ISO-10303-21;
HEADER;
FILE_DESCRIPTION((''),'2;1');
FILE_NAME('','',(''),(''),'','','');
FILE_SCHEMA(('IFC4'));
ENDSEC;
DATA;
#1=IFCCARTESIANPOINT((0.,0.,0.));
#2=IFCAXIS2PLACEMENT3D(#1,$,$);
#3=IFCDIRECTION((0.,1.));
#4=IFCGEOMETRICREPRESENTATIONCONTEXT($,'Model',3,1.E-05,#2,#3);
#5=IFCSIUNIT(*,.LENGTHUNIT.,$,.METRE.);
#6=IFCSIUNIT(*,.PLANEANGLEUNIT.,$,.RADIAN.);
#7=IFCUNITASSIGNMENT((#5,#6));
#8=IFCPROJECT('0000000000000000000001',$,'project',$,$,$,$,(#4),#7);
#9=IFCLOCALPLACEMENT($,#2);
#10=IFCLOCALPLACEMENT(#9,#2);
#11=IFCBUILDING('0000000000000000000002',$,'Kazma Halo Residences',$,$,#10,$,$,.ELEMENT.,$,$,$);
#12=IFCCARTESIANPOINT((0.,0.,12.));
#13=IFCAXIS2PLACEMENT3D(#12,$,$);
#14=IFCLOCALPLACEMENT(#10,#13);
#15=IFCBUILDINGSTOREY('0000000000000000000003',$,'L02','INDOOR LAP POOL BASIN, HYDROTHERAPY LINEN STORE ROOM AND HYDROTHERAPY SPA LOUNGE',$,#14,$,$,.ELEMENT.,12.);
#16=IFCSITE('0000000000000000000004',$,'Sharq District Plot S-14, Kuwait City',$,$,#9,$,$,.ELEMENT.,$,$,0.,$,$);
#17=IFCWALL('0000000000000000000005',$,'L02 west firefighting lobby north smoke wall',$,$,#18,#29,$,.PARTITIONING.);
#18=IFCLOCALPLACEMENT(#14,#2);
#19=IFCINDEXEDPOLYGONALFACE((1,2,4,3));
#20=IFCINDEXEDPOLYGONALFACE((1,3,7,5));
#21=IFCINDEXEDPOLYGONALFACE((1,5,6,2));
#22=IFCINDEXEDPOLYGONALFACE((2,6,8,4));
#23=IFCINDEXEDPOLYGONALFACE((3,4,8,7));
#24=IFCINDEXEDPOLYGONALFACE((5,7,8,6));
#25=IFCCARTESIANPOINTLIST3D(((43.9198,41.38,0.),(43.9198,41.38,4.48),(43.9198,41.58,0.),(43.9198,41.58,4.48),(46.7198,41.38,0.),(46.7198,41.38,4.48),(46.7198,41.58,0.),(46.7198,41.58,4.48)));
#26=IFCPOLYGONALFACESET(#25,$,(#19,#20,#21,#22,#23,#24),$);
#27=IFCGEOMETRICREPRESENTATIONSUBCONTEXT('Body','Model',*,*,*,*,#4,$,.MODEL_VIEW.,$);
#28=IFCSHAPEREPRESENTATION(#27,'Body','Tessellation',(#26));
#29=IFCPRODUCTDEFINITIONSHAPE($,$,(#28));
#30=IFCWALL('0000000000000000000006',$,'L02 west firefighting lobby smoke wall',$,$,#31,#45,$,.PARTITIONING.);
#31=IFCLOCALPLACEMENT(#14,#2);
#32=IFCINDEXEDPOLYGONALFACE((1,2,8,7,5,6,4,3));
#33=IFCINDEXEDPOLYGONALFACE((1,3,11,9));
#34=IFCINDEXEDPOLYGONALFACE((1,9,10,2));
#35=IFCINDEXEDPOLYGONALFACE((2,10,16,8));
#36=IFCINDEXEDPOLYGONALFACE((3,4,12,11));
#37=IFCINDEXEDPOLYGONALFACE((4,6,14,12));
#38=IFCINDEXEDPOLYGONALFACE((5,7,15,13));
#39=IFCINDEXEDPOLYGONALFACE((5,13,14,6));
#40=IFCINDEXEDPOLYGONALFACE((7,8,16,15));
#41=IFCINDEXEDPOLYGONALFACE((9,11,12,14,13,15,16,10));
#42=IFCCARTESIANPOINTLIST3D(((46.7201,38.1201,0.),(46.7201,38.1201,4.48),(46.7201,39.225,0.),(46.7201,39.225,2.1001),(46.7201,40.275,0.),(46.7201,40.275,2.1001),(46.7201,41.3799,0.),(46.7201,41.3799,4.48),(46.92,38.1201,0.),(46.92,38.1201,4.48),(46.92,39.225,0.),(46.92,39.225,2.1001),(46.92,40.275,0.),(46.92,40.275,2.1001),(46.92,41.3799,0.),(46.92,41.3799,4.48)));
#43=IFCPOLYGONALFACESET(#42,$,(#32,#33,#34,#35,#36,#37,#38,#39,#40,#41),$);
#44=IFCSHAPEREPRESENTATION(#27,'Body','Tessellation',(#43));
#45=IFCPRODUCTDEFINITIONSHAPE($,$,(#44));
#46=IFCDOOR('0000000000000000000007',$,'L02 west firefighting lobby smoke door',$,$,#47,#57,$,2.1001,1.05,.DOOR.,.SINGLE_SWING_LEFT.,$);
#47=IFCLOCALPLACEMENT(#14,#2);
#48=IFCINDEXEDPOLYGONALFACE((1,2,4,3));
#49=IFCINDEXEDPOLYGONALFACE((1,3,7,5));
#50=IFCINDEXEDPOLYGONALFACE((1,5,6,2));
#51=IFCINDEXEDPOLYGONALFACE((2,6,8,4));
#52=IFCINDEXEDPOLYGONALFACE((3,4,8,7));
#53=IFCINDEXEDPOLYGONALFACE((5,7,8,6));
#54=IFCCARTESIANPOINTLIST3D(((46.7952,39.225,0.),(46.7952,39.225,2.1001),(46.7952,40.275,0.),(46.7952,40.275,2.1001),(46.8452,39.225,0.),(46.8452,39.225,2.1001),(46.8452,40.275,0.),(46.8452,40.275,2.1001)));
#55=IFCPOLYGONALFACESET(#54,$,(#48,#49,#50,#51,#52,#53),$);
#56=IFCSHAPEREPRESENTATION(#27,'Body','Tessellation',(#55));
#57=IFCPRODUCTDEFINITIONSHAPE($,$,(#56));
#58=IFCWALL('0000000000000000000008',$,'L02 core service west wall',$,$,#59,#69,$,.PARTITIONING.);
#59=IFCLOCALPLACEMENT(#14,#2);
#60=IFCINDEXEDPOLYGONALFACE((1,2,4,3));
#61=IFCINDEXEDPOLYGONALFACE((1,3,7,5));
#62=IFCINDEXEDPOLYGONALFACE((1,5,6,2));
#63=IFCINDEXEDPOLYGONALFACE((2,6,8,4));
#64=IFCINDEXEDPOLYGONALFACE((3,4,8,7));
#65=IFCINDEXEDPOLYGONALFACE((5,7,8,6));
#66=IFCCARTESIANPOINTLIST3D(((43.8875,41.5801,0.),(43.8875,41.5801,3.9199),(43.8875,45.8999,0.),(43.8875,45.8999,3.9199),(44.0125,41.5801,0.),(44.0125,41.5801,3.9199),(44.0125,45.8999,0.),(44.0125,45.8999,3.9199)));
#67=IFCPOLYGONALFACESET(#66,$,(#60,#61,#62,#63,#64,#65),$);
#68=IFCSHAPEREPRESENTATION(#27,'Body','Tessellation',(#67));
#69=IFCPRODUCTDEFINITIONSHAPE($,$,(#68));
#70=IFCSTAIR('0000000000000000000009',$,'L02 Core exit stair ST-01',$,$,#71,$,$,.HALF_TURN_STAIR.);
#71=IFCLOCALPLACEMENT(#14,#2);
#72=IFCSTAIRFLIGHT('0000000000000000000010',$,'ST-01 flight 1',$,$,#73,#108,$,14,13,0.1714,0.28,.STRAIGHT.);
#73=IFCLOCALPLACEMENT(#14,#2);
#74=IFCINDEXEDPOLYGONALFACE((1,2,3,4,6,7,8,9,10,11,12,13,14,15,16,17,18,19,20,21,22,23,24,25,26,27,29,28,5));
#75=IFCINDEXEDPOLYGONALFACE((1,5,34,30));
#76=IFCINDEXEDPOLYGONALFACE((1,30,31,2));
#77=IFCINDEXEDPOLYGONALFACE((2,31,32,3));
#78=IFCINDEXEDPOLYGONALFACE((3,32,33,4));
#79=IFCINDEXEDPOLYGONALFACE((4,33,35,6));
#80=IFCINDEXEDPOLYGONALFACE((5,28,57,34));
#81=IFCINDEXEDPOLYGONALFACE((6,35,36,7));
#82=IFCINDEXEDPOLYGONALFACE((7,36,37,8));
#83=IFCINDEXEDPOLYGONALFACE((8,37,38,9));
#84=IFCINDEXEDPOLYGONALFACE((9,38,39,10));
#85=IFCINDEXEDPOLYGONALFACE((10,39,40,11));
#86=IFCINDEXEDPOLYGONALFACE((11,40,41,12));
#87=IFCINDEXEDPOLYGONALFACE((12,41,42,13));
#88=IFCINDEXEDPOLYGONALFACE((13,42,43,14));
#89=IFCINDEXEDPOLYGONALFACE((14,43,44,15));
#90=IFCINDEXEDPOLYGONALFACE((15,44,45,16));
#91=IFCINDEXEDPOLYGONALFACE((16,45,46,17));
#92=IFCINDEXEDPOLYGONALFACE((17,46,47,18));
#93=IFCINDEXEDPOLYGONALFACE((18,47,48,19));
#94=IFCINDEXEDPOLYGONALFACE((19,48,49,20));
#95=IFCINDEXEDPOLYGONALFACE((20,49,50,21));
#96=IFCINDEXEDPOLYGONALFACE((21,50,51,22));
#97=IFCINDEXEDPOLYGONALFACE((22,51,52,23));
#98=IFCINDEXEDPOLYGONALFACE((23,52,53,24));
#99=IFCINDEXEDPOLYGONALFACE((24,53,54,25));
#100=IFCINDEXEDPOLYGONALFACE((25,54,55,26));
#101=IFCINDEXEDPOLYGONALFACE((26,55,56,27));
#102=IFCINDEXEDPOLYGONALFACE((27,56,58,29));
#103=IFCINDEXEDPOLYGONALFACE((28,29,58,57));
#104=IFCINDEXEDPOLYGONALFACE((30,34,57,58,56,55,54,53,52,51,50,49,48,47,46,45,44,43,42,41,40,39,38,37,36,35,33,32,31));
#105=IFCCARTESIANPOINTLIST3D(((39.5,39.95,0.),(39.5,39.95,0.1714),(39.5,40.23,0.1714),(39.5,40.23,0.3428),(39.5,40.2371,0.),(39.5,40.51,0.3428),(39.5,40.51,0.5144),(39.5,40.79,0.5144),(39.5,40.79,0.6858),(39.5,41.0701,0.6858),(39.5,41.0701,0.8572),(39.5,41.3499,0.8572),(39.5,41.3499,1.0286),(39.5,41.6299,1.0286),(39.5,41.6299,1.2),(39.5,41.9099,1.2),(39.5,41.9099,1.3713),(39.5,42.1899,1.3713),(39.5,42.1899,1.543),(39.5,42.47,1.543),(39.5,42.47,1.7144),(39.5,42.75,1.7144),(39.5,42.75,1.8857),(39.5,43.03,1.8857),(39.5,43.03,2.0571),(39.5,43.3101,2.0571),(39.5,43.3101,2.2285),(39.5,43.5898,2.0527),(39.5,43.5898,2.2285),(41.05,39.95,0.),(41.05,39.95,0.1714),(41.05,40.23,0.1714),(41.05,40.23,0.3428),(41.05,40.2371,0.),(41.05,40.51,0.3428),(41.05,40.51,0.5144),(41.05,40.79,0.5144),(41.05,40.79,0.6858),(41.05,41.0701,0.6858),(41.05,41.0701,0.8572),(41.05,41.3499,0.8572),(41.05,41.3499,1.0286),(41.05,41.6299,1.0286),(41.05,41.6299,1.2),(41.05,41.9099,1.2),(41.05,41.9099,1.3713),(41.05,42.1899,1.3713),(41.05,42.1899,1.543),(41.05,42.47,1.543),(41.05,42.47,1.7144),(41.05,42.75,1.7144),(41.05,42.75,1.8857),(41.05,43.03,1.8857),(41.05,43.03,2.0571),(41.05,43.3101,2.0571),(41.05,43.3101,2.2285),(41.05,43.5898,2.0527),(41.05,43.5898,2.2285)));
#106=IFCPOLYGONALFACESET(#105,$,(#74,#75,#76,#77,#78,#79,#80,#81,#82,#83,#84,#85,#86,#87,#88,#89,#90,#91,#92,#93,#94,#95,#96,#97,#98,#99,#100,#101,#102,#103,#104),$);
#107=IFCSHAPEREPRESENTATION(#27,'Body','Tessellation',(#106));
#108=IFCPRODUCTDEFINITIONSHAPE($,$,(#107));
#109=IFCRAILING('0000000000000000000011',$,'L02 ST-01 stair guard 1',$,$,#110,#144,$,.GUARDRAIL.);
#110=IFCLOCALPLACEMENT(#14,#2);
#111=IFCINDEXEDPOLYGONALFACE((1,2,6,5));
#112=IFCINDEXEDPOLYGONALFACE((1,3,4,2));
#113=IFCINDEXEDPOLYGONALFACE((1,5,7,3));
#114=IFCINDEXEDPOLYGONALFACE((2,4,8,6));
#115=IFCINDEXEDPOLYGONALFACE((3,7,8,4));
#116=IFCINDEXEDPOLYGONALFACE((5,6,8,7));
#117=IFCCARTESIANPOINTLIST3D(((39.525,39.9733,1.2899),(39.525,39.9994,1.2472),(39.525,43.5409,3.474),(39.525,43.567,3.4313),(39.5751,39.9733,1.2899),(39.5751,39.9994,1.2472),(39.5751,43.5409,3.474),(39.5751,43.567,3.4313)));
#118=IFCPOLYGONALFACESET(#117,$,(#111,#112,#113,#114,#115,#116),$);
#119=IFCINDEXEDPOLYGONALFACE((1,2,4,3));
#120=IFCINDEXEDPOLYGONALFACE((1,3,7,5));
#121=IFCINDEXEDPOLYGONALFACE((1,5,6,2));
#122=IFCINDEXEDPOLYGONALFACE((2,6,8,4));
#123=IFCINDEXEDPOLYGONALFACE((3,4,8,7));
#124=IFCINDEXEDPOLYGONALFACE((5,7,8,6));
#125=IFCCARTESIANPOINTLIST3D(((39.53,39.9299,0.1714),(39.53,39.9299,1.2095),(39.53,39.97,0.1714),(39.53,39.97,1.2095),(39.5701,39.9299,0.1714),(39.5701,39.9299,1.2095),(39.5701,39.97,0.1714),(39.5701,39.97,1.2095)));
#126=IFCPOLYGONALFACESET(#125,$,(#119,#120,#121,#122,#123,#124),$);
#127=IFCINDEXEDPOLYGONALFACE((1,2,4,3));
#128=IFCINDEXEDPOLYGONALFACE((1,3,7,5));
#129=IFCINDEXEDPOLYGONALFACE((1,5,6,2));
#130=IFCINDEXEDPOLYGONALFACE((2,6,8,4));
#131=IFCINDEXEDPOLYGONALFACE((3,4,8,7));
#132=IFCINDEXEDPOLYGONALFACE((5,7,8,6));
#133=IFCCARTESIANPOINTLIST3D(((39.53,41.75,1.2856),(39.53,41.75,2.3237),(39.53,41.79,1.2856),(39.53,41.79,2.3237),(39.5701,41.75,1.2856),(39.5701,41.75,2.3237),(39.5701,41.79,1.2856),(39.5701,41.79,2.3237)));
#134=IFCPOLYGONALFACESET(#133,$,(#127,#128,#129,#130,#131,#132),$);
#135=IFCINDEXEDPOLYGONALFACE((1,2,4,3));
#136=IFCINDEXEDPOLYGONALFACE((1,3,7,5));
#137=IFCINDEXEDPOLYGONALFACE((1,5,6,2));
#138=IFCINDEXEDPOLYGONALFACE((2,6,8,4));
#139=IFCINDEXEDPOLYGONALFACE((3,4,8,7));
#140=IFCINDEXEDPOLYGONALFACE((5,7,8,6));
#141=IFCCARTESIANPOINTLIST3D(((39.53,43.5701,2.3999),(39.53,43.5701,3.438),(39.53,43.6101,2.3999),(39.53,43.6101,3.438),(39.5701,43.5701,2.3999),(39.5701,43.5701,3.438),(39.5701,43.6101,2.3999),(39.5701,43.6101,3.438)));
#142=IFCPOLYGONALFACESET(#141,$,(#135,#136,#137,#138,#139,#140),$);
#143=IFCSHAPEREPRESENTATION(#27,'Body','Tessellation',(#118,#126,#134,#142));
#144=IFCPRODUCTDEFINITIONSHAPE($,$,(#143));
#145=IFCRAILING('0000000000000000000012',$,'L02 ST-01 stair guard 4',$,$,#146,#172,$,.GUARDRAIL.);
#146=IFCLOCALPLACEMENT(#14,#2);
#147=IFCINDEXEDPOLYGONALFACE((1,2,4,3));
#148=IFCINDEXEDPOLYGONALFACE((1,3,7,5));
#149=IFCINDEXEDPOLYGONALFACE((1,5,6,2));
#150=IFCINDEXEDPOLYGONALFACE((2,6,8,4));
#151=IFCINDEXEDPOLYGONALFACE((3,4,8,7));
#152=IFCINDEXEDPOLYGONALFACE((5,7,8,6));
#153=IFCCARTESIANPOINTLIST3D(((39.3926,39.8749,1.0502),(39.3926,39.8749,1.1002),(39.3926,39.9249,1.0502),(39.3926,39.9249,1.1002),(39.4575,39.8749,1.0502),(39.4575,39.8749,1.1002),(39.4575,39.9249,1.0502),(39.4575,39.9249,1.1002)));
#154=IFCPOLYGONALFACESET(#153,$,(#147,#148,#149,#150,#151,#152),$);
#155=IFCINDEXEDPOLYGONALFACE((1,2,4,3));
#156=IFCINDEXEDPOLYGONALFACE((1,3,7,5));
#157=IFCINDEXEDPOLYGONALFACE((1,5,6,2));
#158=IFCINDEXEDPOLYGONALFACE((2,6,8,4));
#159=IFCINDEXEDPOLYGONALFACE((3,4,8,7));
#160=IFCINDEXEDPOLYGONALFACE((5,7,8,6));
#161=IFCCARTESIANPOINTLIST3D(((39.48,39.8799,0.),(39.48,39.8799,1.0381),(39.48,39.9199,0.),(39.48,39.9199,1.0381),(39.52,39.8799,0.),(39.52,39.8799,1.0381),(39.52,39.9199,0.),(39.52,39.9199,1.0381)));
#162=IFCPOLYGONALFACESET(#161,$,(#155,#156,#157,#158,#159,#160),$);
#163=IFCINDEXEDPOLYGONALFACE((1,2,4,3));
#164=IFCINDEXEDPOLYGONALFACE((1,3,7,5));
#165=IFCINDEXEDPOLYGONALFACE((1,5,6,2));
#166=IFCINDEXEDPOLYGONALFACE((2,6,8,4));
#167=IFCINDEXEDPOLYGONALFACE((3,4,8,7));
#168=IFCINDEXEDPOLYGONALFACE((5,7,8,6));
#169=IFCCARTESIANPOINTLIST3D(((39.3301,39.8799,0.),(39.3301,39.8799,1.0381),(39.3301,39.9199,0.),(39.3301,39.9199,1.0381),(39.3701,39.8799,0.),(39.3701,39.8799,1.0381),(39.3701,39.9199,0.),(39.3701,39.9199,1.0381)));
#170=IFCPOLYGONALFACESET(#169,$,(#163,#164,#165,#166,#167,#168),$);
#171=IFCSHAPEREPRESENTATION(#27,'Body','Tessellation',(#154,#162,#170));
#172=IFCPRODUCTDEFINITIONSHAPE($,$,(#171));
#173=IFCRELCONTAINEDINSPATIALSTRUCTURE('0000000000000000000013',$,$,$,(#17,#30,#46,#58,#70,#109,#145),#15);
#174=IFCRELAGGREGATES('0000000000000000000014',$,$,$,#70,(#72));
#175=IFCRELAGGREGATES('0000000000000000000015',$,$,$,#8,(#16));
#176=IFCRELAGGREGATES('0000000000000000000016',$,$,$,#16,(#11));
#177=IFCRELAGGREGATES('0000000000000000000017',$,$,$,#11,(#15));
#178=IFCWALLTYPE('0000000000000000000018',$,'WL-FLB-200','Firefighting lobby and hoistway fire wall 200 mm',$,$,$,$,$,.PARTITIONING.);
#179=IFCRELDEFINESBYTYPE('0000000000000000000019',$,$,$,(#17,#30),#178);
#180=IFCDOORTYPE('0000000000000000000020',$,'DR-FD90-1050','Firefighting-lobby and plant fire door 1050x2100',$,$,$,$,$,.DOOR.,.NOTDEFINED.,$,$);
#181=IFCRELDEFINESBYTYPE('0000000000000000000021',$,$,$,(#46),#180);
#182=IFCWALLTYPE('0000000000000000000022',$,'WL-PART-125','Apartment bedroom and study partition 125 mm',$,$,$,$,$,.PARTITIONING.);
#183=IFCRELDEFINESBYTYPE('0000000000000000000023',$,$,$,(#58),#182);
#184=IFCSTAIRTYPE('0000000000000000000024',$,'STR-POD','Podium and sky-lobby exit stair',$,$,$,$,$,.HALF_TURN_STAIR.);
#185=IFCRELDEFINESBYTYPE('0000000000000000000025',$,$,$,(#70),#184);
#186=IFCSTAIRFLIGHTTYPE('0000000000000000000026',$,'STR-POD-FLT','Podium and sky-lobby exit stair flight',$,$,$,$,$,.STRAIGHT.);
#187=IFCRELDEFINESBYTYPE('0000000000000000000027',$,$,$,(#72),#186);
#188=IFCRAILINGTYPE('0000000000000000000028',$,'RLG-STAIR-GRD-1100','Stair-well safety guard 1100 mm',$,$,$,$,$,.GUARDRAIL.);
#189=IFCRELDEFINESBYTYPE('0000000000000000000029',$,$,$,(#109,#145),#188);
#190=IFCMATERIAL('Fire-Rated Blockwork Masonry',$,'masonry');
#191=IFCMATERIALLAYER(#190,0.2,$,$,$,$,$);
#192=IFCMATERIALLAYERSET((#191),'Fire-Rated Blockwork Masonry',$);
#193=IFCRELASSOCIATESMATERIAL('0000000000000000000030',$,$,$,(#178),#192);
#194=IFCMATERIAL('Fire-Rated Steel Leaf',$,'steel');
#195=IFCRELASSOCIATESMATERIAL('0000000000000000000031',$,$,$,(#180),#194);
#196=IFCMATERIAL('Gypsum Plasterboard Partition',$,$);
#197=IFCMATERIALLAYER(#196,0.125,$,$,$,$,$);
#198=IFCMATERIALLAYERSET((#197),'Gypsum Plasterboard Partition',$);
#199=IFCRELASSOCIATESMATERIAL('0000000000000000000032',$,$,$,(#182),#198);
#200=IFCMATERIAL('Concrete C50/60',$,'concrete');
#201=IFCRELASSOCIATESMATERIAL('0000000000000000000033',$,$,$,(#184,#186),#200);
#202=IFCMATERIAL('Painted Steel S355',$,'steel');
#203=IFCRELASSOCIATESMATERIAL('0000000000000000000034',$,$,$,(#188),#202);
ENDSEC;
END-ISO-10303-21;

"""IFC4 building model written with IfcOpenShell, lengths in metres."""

from ifc_helpers import new_model, si_unit, direction, frame, frame_2d, origin, origin_2d, place, context, subcontext, project, spatial, polyline, rectangle, outline, extrude, material, layer, layer_set, type_object, element, fill, aggregate, save


model = new_model("IFC4")

# Units and contexts
model_context = context("Model", 3, precision=1e-05, world=origin(), true_north=direction((0.0, 1.0)))
body_context = subcontext(model_context, "Body", "Model", "MODEL_VIEW")
ifc_project = project(units=[si_unit("LENGTHUNIT", "METRE"), si_unit("PLANEANGLEUNIT", "RADIAN")], contexts=[model_context])

# Site, building, storey
site_placement = place(None, origin())
site = spatial("IfcSite", under=ifc_project, at=site_placement, Name="Sharq District Plot S-14, Kuwait City", CompositionType="ELEMENT", RefElevation=0.0)
building_placement = place(site_placement, origin())
building = spatial("IfcBuilding", under=site, at=building_placement, Name="Kazma Halo Residences", CompositionType="ELEMENT")
storey_placement = place(building_placement, frame((0.0, 0.0, 12.0)))
storey = spatial("IfcBuildingStorey", under=building, at=storey_placement, Name="L02", Description="INDOOR LAP POOL BASIN, HYDROTHERAPY LINEN STORE ROOM AND HYDROTHERAPY SPA LOUNGE", CompositionType="ELEMENT", Elevation=12.0)

# Shared definitions
ifc_material_1 = material(Name="Fire-Rated Blockwork Masonry", Category="masonry")
ifc_layer_1 = layer(ifc_material_1, 0.2)
ifc_layer_set_1 = layer_set([ifc_layer_1], Name="Fire-Rated Blockwork Masonry")
wall_type_1 = type_object("IfcWallType", Name="WL-FLB-200", Description="Firefighting lobby and hoistway fire wall 200 mm", PredefinedType="PARTITIONING", material=ifc_layer_set_1)

# Wall
wall_1_placement = place(storey_placement, frame((43.9199, 41.48, 0.0), z_axis=(0.0, 0.0, 1.0), x_axis=(1.0, 0.0, 0.0)))
element("IfcWall", 1, at=wall_1_placement, inside=storey, type_object=wall_type_1, Name="L02 west firefighting lobby north smoke wall", PredefinedType="PARTITIONING", context=body_context, shape_type="SweptSolid", body=[
    extrude(rectangle(XDim=2.8, YDim=0.2, at=frame_2d((1.3999, 0.0))), origin(), (0.0, 0.0, 1.0), 4.48),
])

# Wall, opening, door
wall_2_placement = place(storey_placement, frame((46.8201, 38.1201, 0.0), z_axis=(0.0, 0.0, 1.0), x_axis=(0.0, 1.0, 0.0)))
wall_2 = element("IfcWall", 2, at=wall_2_placement, inside=storey, type_object=wall_type_1, Name="L02 west firefighting lobby smoke wall", PredefinedType="PARTITIONING", context=body_context, shape_type="SweptSolid", body=[
    extrude(rectangle(XDim=3.2598, YDim=0.2, at=frame_2d((1.6299, 0.0))), origin(), (0.0, 0.0, 1.0), 4.48),
])
opening_1_placement = place(wall_2_placement, frame((1.105, 0.0, 0.0)))
opening_1 = element("IfcOpeningElement", 3, at=opening_1_placement, cuts=wall_2, PredefinedType="OPENING", context=body_context, shape_type="SweptSolid", body=[
    extrude(rectangle(XDim=1.05, YDim=2.1001, at=frame_2d((0.5249, 1.05))), frame((0.0, 0.1099, 0.0), z_axis=(0.0, -1.0, 0.0), x_axis=(1.0, 0.0, 0.0)), (0.0, 0.0, 1.0), 0.22),
])
ifc_material_2 = material(Name="Fire-Rated Steel Leaf", Category="steel")
door_type_1 = type_object("IfcDoorType", Name="DR-FD90-1050", Description="Firefighting-lobby and plant fire door 1050x2100", OperationType="NOTDEFINED", PredefinedType="DOOR", material=ifc_material_2)
door_1_placement = place(opening_1_placement, origin())
door_1 = element("IfcDoor", 4, at=door_1_placement, inside=storey, type_object=door_type_1, Name="L02 west firefighting lobby smoke door", OperationType="SINGLE_SWING_LEFT", OverallHeight=2.1001, OverallWidth=1.05, PredefinedType="DOOR", context=body_context, shape_type="SweptSolid", body=[
    extrude(rectangle(XDim=1.05, YDim=2.1001, at=frame_2d((0.5249, 1.05))), frame((0.0, 0.0249, 0.0), z_axis=(0.0, -1.0, 0.0), x_axis=(1.0, 0.0, 0.0)), (0.0, 0.0, 1.0), 0.05),
])
fill(opening_1, door_1)

# Wall
ifc_material_3 = material(Name="Gypsum Plasterboard Partition")
ifc_layer_2 = layer(ifc_material_3, 0.125)
ifc_layer_set_2 = layer_set([ifc_layer_2], Name="Gypsum Plasterboard Partition")
wall_type_2 = type_object("IfcWallType", Name="WL-PART-125", Description="Apartment bedroom and study partition 125 mm", PredefinedType="PARTITIONING", material=ifc_layer_set_2)
wall_3_placement = place(storey_placement, frame((43.95, 41.5801, 0.0), z_axis=(0.0, 0.0, 1.0), x_axis=(0.0, 1.0, 0.0)))
element("IfcWall", 5, at=wall_3_placement, inside=storey, type_object=wall_type_2, Name="L02 core service west wall", PredefinedType="PARTITIONING", context=body_context, shape_type="SweptSolid", body=[
    extrude(rectangle(XDim=4.3198, YDim=0.125, at=frame_2d((2.1599, 0.0))), origin(), (0.0, 0.0, 1.0), 3.9199),
])

# Shared definitions
ifc_material_4 = material(Name="Concrete C50/60", Category="concrete")

# Stair, stair flight
stair_type = type_object("IfcStairType", Name="STR-POD", Description="Podium and sky-lobby exit stair", PredefinedType="HALF_TURN_STAIR", material=ifc_material_4)
stair_placement = place(storey_placement, origin())
stair = element("IfcStair", 6, at=stair_placement, inside=storey, type_object=stair_type, Name="L02 Core exit stair ST-01", PredefinedType="HALF_TURN_STAIR")
stair_flight_type = type_object("IfcStairFlightType", Name="STR-POD-FLT", Description="Podium and sky-lobby exit stair flight", PredefinedType="STRAIGHT", material=ifc_material_4)
stair_flight_placement = place(storey_placement, frame((40.2749, 39.95, 0.0), z_axis=(0.0, 0.0, 1.0), x_axis=(0.0, 1.0, 0.0)))
stair_flight = element("IfcStairFlight", 7, at=stair_flight_placement, type_object=stair_flight_type, Name="ST-01 flight 1", NumberOfRisers=14, NumberOfTreads=13, PredefinedType="STRAIGHT", RiserHeight=0.1714, TreadLength=0.28, context=body_context, shape_type="SweptSolid", body=[
    extrude(outline(polyline([(0.0, 0.0), (0.0, 0.1714), (0.28, 0.1714), (0.28, 0.3428), (0.5601, 0.3428), (0.5601, 0.5144), (0.8401, 0.5144), (0.8401, 0.6858), (1.1201, 0.6858), (1.1201, 0.8572), (1.3999, 0.8572), (1.3999, 1.0286), (1.6799, 1.0286), (1.6799, 1.2), (1.96, 1.2), (1.96, 1.3713), (2.24, 1.3713), (2.24, 1.543), (2.52, 1.543), (2.52, 1.7144), (2.8, 1.7144), (2.8, 1.8857), (3.0801, 1.8857), (3.0801, 2.0571), (3.3601, 2.0571), (3.3601, 2.2285), (3.6399, 2.2285), (3.6399, 2.3999), (3.6399, 2.0527), (0.2871, 0.0), (0.0, 0.0)])), frame((0.0, 0.7749, 0.0), z_axis=(0.0, -1.0, 0.0), x_axis=(1.0, 0.0, 0.0)), (0.0, 0.0, 1.0), 1.55),
])
aggregate(stair, [stair_flight])

# Railings
ifc_material_5 = material(Name="Painted Steel S355", Category="steel")
railing_type_1 = type_object("IfcRailingType", Name="RLG-STAIR-GRD-1100", Description="Stair-well safety guard 1100 mm", PredefinedType="GUARDRAIL", material=ifc_material_5)
railing_1_placement = place(storey_placement, frame((39.55, 39.95, 0.1714)))
element("IfcRailing", 8, at=railing_1_placement, inside=storey, type_object=railing_type_1, Name="L02 ST-01 stair guard 1", PredefinedType="GUARDRAIL", context=body_context, shape_type="SweptSolid", body=[
    extrude(rectangle(XDim=0.05, YDim=0.05, at=origin_2d()), frame((0.0, 0.0364, 1.0972), z_axis=(0.0, 0.852866, 0.52213), x_axis=(-1.0, 0.0, 0.0)), (0.0, 0.0, 1.0), 4.1831),
    extrude(rectangle(XDim=0.04, YDim=0.04, at=origin_2d()), origin(), (0.0, 0.0, 1.0), 1.0381),
    extrude(rectangle(XDim=0.04, YDim=0.04, at=origin_2d()), frame((0.0, 1.8201, 1.1143)), (0.0, 0.0, 1.0), 1.0381),
    extrude(rectangle(XDim=0.04, YDim=0.04, at=origin_2d()), frame((0.0, 3.6401, 2.2285)), (0.0, 0.0, 1.0), 1.0381),
])
railing_2_placement = place(storey_placement, frame((39.5, 39.8999, 0.0)))
element("IfcRailing", 9, at=railing_2_placement, inside=storey, type_object=railing_type_1, Name="L02 ST-01 stair guard 4", PredefinedType="GUARDRAIL", context=body_context, shape_type="SweptSolid", body=[
    extrude(rectangle(XDim=0.05, YDim=0.05, at=origin_2d()), frame((-0.0425, 0.0, 1.0752), z_axis=(-1.0, 0.0, 0.0), x_axis=(0.0, -1.0, 0.0)), (0.0, 0.0, 1.0), 0.0649),
    extrude(rectangle(XDim=0.04, YDim=0.04, at=origin_2d()), origin(), (0.0, 0.0, 1.0), 1.0381),
    extrude(rectangle(XDim=0.04, YDim=0.04, at=origin_2d()), frame((-0.1499, 0.0, 0.0)), (0.0, 0.0, 1.0), 1.0381),
])

save(model, "model.ifc")
